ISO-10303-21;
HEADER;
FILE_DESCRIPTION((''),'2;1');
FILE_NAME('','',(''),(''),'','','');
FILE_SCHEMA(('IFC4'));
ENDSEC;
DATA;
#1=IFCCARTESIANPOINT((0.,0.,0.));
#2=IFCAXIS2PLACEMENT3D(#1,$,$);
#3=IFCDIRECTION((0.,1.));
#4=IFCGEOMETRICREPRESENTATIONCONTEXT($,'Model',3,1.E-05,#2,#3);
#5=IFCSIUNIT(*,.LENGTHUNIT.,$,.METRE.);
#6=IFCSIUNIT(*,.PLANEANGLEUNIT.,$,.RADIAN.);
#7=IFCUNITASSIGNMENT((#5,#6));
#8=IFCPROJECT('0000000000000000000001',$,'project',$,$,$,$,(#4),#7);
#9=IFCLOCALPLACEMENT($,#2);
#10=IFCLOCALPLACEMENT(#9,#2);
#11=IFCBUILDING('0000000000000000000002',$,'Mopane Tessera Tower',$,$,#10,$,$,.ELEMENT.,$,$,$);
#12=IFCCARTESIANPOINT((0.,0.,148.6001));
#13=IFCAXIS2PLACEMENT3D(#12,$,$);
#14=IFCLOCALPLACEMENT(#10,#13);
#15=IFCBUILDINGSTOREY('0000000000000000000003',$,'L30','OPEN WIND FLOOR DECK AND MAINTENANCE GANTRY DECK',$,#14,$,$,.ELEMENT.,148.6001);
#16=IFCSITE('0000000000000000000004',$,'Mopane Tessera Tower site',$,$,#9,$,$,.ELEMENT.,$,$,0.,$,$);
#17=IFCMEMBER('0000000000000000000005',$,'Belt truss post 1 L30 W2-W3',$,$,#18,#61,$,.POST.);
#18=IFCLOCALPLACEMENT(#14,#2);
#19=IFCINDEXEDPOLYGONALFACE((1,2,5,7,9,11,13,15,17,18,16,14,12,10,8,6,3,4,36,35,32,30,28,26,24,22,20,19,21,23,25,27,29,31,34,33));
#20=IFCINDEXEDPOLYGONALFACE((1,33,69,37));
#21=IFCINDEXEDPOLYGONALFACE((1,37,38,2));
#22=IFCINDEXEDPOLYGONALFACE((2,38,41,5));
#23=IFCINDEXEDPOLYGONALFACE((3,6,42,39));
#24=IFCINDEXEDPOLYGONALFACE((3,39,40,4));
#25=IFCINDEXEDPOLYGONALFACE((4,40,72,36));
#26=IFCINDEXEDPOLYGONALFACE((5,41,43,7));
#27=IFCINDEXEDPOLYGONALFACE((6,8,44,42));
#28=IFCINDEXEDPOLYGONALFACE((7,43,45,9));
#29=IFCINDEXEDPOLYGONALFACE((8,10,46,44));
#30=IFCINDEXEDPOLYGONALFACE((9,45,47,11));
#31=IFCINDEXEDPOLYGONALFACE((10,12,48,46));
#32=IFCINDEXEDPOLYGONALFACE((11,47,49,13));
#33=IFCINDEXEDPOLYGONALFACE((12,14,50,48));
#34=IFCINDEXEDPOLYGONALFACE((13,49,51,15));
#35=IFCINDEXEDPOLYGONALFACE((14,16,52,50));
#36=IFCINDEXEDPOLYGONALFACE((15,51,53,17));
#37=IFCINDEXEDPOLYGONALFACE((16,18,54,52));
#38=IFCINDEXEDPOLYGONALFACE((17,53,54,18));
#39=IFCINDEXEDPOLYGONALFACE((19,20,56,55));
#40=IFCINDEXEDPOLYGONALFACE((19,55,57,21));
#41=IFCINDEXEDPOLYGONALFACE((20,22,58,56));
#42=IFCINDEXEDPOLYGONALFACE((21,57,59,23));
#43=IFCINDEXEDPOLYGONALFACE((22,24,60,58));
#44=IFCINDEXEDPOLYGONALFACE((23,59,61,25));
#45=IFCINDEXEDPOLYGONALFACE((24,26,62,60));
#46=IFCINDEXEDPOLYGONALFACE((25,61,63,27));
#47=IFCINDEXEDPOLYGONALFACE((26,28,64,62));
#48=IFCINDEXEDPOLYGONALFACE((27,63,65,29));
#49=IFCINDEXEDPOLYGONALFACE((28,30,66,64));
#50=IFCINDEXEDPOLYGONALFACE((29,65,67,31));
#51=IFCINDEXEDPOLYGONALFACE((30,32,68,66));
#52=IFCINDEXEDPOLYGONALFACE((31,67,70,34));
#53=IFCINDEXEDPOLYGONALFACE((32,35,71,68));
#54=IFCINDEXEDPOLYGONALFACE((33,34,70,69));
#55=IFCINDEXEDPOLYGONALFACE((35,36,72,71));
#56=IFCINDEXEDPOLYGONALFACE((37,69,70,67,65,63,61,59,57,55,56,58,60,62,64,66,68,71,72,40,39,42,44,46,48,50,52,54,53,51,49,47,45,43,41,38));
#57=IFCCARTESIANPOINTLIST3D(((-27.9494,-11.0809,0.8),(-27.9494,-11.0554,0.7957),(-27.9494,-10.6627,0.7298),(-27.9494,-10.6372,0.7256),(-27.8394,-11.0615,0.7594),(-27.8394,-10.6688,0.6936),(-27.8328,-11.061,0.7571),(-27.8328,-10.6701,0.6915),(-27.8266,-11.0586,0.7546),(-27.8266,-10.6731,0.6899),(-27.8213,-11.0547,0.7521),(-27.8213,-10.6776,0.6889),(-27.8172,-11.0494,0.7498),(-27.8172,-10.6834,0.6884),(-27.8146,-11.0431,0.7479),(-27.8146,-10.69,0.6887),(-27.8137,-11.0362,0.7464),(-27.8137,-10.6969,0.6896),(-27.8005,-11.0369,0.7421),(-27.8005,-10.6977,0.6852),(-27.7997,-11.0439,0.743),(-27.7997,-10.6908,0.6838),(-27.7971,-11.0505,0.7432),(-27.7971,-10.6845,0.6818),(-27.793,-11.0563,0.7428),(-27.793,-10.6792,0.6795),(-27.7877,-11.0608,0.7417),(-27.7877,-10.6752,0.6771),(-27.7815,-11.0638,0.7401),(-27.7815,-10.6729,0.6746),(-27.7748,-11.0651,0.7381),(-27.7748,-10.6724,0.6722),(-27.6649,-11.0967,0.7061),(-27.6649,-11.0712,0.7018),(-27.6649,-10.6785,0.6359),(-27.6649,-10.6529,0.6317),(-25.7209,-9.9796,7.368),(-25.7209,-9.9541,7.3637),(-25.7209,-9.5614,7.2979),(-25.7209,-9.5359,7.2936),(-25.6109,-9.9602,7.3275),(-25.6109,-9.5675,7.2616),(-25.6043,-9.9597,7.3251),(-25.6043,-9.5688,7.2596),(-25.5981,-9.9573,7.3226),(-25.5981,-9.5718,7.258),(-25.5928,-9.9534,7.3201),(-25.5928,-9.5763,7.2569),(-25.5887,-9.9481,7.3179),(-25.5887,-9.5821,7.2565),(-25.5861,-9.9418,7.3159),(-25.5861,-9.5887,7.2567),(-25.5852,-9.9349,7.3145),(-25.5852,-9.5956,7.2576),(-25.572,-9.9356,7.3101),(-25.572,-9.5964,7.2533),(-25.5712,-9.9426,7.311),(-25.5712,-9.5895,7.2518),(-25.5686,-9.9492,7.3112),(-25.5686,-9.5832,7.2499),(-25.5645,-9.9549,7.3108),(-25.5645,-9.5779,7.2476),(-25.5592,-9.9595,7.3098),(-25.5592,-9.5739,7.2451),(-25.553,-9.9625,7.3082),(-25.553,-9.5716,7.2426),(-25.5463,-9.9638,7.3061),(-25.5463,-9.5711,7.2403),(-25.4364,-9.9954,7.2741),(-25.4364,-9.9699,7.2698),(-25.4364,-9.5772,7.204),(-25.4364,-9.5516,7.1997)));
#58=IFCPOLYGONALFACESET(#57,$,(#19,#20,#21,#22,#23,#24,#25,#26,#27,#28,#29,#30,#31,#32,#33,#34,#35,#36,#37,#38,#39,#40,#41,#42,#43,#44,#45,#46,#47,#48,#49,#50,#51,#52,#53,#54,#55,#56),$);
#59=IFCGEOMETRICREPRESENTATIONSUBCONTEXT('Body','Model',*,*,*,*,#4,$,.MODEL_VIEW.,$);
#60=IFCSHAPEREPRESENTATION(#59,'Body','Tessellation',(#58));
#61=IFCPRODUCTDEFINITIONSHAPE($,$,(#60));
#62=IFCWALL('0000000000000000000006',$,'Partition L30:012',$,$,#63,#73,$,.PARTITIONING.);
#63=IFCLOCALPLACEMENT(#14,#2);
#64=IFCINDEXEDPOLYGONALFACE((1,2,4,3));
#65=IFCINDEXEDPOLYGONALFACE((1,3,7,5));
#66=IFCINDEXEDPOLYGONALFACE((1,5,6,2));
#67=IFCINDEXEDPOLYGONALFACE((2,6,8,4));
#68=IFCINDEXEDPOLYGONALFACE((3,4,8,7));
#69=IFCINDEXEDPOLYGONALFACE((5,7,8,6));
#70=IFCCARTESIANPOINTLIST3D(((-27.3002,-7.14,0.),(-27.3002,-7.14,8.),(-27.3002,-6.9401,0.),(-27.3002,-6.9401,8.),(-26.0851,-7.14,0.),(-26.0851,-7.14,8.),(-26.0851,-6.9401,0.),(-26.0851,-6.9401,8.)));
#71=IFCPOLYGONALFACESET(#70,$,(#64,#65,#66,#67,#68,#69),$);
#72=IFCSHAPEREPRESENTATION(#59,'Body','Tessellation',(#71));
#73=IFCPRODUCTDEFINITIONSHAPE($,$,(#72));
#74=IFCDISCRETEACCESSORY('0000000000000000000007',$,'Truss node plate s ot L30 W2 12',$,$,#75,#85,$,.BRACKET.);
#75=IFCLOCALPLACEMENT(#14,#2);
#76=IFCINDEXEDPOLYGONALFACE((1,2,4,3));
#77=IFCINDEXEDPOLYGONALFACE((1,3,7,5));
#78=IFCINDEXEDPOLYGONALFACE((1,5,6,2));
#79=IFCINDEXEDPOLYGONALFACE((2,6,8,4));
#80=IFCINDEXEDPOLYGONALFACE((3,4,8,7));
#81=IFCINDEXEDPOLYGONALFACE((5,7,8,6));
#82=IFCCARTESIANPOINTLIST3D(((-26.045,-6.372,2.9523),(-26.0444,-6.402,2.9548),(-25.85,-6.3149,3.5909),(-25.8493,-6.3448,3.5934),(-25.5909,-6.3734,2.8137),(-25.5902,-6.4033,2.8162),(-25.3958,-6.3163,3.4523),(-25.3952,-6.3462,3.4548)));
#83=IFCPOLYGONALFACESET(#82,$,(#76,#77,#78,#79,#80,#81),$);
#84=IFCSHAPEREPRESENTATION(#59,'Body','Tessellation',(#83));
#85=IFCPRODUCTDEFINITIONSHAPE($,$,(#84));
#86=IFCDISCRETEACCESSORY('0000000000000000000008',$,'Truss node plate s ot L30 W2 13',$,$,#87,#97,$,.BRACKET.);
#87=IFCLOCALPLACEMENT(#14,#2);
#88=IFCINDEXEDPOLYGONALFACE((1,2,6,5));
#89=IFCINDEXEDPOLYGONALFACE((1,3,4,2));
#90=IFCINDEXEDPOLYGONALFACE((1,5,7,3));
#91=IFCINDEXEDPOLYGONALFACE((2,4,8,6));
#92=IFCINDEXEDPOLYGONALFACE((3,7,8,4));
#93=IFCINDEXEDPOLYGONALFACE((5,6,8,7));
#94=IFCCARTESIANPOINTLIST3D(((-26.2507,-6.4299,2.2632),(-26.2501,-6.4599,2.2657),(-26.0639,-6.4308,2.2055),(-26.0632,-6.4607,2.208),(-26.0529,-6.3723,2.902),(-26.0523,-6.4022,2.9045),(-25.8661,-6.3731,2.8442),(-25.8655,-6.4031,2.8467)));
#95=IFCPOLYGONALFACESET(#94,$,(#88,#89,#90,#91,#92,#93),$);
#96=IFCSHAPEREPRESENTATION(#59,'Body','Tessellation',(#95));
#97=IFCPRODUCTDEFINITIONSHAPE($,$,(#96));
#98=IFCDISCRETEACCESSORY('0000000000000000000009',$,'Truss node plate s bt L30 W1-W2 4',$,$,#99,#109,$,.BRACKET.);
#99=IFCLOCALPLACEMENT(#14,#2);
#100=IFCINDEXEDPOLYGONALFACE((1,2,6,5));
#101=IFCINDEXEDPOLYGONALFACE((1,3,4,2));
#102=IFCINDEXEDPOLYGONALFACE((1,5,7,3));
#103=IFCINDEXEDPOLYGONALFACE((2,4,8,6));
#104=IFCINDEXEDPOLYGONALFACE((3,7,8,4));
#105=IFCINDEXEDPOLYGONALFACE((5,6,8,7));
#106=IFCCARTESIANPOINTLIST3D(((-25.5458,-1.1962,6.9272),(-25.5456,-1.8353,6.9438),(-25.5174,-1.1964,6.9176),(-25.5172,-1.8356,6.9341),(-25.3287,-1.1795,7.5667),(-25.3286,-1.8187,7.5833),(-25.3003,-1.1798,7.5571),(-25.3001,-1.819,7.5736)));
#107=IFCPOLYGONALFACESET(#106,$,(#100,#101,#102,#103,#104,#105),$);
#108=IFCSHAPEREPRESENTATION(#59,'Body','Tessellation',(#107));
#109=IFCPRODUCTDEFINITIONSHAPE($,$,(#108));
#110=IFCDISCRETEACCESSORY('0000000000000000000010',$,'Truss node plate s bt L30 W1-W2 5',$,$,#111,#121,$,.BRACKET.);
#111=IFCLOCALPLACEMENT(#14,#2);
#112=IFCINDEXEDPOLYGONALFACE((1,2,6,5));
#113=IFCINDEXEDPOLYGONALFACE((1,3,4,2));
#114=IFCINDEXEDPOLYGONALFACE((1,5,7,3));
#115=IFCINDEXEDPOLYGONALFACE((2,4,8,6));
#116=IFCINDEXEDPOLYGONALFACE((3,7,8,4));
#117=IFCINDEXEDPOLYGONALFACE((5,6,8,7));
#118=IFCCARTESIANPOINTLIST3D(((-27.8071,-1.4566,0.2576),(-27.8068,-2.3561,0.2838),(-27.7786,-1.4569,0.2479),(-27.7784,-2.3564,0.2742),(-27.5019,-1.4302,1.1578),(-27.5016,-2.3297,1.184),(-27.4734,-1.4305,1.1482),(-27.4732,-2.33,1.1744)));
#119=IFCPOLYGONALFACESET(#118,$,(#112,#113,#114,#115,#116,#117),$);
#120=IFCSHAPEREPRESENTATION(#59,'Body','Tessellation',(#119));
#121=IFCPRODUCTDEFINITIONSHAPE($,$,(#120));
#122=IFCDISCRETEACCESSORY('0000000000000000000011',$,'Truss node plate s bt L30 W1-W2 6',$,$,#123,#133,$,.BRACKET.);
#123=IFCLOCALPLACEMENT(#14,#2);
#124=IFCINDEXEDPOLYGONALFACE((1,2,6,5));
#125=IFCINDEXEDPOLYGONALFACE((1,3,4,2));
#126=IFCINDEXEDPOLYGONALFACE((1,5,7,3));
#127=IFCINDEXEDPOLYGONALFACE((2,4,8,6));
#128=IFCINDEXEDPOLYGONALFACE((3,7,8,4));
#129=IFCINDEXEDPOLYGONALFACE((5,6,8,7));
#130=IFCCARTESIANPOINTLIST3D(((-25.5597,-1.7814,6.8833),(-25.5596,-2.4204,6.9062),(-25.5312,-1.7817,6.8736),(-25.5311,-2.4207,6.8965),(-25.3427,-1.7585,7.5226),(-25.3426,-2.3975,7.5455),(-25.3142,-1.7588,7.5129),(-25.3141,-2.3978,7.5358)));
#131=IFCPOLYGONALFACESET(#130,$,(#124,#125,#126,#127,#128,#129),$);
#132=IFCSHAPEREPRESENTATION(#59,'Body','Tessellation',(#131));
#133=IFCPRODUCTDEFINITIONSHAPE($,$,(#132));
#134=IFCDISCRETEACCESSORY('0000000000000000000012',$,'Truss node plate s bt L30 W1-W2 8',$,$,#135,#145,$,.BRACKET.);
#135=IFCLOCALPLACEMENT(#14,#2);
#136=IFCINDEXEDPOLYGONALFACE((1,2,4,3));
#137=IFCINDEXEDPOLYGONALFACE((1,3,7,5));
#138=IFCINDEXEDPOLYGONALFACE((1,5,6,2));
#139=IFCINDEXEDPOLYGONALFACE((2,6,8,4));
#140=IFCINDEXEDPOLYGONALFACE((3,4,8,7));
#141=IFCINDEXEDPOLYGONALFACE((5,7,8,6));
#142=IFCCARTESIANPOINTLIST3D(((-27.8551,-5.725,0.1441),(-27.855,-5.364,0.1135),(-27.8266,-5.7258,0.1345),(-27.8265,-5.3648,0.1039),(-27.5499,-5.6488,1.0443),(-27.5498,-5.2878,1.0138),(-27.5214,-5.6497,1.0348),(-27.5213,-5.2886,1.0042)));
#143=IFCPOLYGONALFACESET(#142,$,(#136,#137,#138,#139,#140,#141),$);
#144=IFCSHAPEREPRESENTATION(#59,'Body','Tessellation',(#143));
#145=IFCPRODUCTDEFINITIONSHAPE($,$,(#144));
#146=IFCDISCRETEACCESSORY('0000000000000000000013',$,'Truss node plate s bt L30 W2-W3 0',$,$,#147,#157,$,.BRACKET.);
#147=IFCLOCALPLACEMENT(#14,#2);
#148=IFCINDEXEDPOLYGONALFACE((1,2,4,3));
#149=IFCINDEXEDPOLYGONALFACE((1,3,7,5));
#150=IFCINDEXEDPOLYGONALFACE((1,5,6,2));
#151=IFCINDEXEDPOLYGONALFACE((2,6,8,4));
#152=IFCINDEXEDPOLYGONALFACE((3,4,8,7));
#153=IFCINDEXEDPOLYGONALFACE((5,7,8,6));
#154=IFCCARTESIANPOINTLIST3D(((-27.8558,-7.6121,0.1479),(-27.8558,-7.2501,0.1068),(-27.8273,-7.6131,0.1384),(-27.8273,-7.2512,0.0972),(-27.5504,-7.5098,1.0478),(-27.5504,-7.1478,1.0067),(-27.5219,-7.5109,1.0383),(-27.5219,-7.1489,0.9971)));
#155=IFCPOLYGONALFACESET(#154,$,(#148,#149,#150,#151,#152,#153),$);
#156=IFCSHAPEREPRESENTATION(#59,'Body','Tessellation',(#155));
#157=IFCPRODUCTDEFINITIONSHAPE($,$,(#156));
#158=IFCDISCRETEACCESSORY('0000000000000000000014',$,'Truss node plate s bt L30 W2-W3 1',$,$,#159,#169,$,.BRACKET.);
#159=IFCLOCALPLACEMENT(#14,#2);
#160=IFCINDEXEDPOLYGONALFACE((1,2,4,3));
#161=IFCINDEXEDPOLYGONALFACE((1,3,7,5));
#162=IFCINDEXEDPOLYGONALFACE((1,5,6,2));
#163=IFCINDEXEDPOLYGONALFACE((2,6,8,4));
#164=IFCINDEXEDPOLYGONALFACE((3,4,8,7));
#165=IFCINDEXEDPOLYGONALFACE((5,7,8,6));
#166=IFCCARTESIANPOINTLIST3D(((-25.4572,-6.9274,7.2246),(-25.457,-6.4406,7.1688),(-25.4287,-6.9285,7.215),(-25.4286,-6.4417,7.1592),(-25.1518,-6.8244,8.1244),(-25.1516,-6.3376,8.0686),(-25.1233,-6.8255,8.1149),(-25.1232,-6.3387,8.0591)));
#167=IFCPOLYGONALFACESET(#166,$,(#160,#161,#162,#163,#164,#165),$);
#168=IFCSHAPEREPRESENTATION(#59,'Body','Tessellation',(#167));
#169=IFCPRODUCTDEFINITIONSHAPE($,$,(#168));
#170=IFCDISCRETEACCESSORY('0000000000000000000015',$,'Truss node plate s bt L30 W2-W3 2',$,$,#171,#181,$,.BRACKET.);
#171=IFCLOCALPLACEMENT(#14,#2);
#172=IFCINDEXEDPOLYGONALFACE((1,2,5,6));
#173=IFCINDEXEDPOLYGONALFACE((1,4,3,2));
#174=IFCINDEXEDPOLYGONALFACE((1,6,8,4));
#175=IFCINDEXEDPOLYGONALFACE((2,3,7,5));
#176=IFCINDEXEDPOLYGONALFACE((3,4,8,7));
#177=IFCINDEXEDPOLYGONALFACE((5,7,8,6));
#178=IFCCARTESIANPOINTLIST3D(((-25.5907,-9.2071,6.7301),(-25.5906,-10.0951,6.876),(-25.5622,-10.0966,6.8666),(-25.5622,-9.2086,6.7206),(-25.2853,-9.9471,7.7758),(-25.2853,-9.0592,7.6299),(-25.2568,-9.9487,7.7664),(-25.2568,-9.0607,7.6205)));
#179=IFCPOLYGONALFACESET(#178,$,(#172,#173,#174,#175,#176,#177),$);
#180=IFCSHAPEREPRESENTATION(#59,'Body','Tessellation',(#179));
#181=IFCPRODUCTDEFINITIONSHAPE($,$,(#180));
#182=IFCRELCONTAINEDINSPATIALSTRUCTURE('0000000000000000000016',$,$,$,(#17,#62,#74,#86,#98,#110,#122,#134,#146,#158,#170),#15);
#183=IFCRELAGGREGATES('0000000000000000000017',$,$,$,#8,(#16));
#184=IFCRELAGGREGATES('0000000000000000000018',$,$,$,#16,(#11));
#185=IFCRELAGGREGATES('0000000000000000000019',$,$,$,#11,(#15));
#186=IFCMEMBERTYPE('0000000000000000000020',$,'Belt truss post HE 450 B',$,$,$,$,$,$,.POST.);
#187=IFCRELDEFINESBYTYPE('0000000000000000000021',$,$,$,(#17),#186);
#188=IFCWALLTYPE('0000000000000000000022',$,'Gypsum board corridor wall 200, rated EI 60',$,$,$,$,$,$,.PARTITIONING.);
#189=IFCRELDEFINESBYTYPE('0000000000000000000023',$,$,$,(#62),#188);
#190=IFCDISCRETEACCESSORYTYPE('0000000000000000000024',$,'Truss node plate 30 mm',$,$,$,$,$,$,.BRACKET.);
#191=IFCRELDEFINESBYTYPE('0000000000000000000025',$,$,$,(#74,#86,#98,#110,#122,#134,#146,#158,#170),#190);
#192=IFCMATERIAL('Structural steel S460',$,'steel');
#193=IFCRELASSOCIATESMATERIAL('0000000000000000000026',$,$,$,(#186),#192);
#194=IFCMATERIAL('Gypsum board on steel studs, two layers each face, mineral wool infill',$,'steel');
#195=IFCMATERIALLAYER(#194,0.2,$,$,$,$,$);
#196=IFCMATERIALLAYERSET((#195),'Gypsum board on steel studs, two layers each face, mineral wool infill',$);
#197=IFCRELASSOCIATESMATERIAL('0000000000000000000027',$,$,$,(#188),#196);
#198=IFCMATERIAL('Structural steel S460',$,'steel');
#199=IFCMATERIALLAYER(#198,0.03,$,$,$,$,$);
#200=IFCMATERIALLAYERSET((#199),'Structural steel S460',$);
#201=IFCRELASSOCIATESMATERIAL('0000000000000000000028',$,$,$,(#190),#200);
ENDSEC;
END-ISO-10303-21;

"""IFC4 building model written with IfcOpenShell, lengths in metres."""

from ifc_helpers import new_model, si_unit, direction, frame, frame_2d, origin, origin_2d, place, context, subcontext, project, spatial, rectangle, i_section, extrude, material, layer, layer_set, material_profile, profile_set, type_object, element, save


model = new_model("IFC4")

# Units and contexts
model_context = context("Model", 3, precision=1e-05, world=origin(), true_north=direction((0.0, 1.0)))
body_context = subcontext(model_context, "Body", "Model", "MODEL_VIEW")
ifc_project = project(units=[si_unit("LENGTHUNIT", "METRE"), si_unit("PLANEANGLEUNIT", "RADIAN")], contexts=[model_context])

# Site, building, storey
site_placement = place(None, origin())
site = spatial("IfcSite", under=ifc_project, at=site_placement, Name="Mopane Tessera Tower site", CompositionType="ELEMENT", RefElevation=0.0)
building_placement = place(site_placement, origin())
building = spatial("IfcBuilding", under=site, at=building_placement, Name="Mopane Tessera Tower", CompositionType="ELEMENT")
storey_placement = place(building_placement, frame((0.0, 0.0, 148.6001)))
storey = spatial("IfcBuildingStorey", under=building, at=storey_placement, Name="L30", Description="OPEN WIND FLOOR DECK AND MAINTENANCE GANTRY DECK", CompositionType="ELEMENT", Elevation=148.6001)

# Member
ifc_material_1 = material(Name="Structural steel S460", Category="steel")
ifc_material_profile_1 = material_profile(ifc_material_1, i_section(OverallWidth=0.3, OverallDepth=0.45, WebThickness=0.0139, FlangeThickness=0.0259, FilletRadius=0.0271, at=origin_2d()))
ifc_profile_set_1 = profile_set([ifc_material_profile_1], Name="Structural steel S460")
member_type_1 = type_object("IfcMemberType", Name="Belt truss post HE 450 B", PredefinedType="POST", material=ifc_profile_set_1)
member_1_placement = place(storey_placement, frame((-27.8071, -10.8669, 0.7158), z_axis=(0.317327, 0.156821, 0.93526), x_axis=(0.948316, -0.052488, -0.312956)))
element("IfcMember", 1, at=member_1_placement, inside=storey, type_object=member_type_1, Name="Belt truss post 1 L30 W2-W3", PredefinedType="POST", context=body_context, shape_type="SweptSolid", body=[
    extrude(i_section(OverallWidth=0.3, OverallDepth=0.45, WebThickness=0.0139, FlangeThickness=0.0259, FilletRadius=0.0271, at=origin_2d()), origin(), (0.0, 0.0, 1.0), 7.0227),
])

# Wall
ifc_material_2 = material(Name="Gypsum board on steel studs, two layers each face, mineral wool infill", Category="steel")
ifc_layer_1 = layer(ifc_material_2, 0.2)
ifc_layer_set_1 = layer_set([ifc_layer_1], Name="Gypsum board on steel studs, two layers each face, mineral wool infill")
wall_type = type_object("IfcWallType", Name="Gypsum board corridor wall 200, rated EI 60", PredefinedType="PARTITIONING", material=ifc_layer_set_1)
wall_placement = place(storey_placement, frame((-27.3, -7.04, 0.0), z_axis=(0.0, 0.0, 1.0), x_axis=(1.0, 0.0, 0.0)))
element("IfcWall", 2, at=wall_placement, inside=storey, type_object=wall_type, Name="Partition L30:012", PredefinedType="PARTITIONING", context=body_context, shape_type="SweptSolid", body=[
    extrude(rectangle(XDim=1.2151, YDim=0.2, at=frame_2d((0.6074, 0.0))), origin(), (0.0, 0.0, 1.0), 8.0),
])

# Discrete accessories
ifc_material_3 = material(Name="Structural steel S460", Category="steel")
ifc_layer_2 = layer(ifc_material_3, 0.03)
ifc_layer_set_2 = layer_set([ifc_layer_2], Name="Structural steel S460")
discrete_accessory_type = type_object("IfcDiscreteAccessoryType", Name="Truss node plate 30 mm", PredefinedType="BRACKET", material=ifc_layer_set_2)
discrete_accessory_1_placement = place(storey_placement, frame((-25.8176, -6.3877, 2.8843), z_axis=(0.291044, 0.085237, 0.952905), x_axis=(0.022104, -0.996356, 0.082373)))
element("IfcDiscreteAccessory", 3, at=discrete_accessory_1_placement, inside=storey, type_object=discrete_accessory_type, Name="Truss node plate s ot L30 W2 12", PredefinedType="BRACKET", context=body_context, shape_type="SweptSolid", body=[
    extrude(rectangle(XDim=0.03, YDim=0.4749, at=origin_2d()), origin(), (0.0, 0.0, 1.0), 0.6702),
])
discrete_accessory_2_placement = place(storey_placement, frame((-26.157, -6.4453, 2.2356), z_axis=(0.294687, 0.085859, 0.951729), x_axis=(0.021306, -0.996298, 0.083283)))
element("IfcDiscreteAccessory", 4, at=discrete_accessory_2_placement, inside=storey, type_object=discrete_accessory_type, Name="Truss node plate s ot L30 W2 13", PredefinedType="BRACKET", context=body_context, shape_type="SweptSolid", body=[
    extrude(rectangle(XDim=0.03, YDim=0.1956, at=origin_2d()), origin(), (0.0, 0.0, 1.0), 0.6711),
])
discrete_accessory_3_placement = place(storey_placement, frame((-25.5315, -1.5159, 6.9307), z_axis=(0.321332, 0.024579, 0.946647), x_axis=(0.946966, -0.008077, -0.321231)))
element("IfcDiscreteAccessory", 5, at=discrete_accessory_3_placement, inside=storey, type_object=discrete_accessory_type, Name="Truss node plate s bt L30 W1-W2 4", PredefinedType="BRACKET", context=body_context, shape_type="SweptSolid", body=[
    extrude(rectangle(XDim=0.03, YDim=0.6394, at=origin_2d()), origin(), (0.0, 0.0, 1.0), 0.6755),
])
discrete_accessory_4_placement = place(storey_placement, frame((-27.7927, -1.9065, 0.2659), z_axis=(0.320955, 0.02773, 0.946688), x_axis=(0.947094, -0.009088, -0.320826)))
element("IfcDiscreteAccessory", 6, at=discrete_accessory_4_placement, inside=storey, type_object=discrete_accessory_type, Name="Truss node plate s bt L30 W1-W2 5", PredefinedType="BRACKET", context=body_context, shape_type="SweptSolid", body=[
    extrude(rectangle(XDim=0.03, YDim=0.8999, at=origin_2d()), origin(), (0.0, 0.0, 1.0), 0.9509),
])
discrete_accessory_5_placement = place(storey_placement, frame((-25.5454, -2.1011, 6.8899), z_axis=(0.321244, 0.033967, 0.946387), x_axis=(0.946996, -0.011386, -0.321042)))
element("IfcDiscreteAccessory", 7, at=discrete_accessory_5_placement, inside=storey, type_object=discrete_accessory_type, Name="Truss node plate s bt L30 W1-W2 6", PredefinedType="BRACKET", context=body_context, shape_type="SweptSolid", body=[
    extrude(rectangle(XDim=0.03, YDim=0.6394, at=origin_2d()), origin(), (0.0, 0.0, 1.0), 0.6755),
])
discrete_accessory_6_placement = place(storey_placement, frame((-27.8408, -5.5449, 0.124), z_axis=(0.320052, 0.079885, 0.944026), x_axis=(0.9474, -0.027283, -0.318887)))
element("IfcDiscreteAccessory", 8, at=discrete_accessory_6_placement, inside=storey, type_object=discrete_accessory_type, Name="Truss node plate s bt L30 W1-W2 8", PredefinedType="BRACKET", context=body_context, shape_type="SweptSolid", body=[
    extrude(rectangle(XDim=0.03, YDim=0.3623, at=origin_2d()), origin(), (0.0, 0.0, 1.0), 0.9536),
])
discrete_accessory_7_placement = place(storey_placement, frame((-27.8416, -7.4316, 0.1226), z_axis=(0.319541, 0.107024, 0.941509), x_axis=(0.947572, -0.036043, -0.317502)))
element("IfcDiscreteAccessory", 9, at=discrete_accessory_7_placement, inside=storey, type_object=discrete_accessory_type, Name="Truss node plate s bt L30 W2-W3 0", PredefinedType="BRACKET", context=body_context, shape_type="SweptSolid", body=[
    extrude(rectangle(XDim=0.03, YDim=0.3643, at=origin_2d()), origin(), (0.0, 0.0, 1.0), 0.9558),
])
discrete_accessory_8_placement = place(storey_placement, frame((-25.4429, -6.6846, 7.1919), z_axis=(0.319515, 0.107782, 0.941432), x_axis=(0.947581, -0.036718, -0.317398)))
element("IfcDiscreteAccessory", 10, at=discrete_accessory_8_placement, inside=storey, type_object=discrete_accessory_type, Name="Truss node plate s bt L30 W2-W3 1", PredefinedType="BRACKET", context=body_context, shape_type="SweptSolid", body=[
    extrude(rectangle(XDim=0.03, YDim=0.49, at=origin_2d()), origin(), (0.0, 0.0, 1.0), 0.9558),
])
discrete_accessory_9_placement = place(storey_placement, frame((-25.5764, -9.6519, 6.7983), z_axis=(0.317561, 0.153831, 0.935677), x_axis=(0.948238, -0.051498, -0.313358)))
element("IfcDiscreteAccessory", 11, at=discrete_accessory_9_placement, inside=storey, type_object=discrete_accessory_type, Name="Truss node plate s bt L30 W2-W3 2", PredefinedType="BRACKET", context=body_context, shape_type="SweptSolid", body=[
    extrude(rectangle(XDim=0.03, YDim=0.8999, at=origin_2d()), origin(), (0.0, 0.0, 1.0), 0.9617),
])

save(model, "model.ifc")
